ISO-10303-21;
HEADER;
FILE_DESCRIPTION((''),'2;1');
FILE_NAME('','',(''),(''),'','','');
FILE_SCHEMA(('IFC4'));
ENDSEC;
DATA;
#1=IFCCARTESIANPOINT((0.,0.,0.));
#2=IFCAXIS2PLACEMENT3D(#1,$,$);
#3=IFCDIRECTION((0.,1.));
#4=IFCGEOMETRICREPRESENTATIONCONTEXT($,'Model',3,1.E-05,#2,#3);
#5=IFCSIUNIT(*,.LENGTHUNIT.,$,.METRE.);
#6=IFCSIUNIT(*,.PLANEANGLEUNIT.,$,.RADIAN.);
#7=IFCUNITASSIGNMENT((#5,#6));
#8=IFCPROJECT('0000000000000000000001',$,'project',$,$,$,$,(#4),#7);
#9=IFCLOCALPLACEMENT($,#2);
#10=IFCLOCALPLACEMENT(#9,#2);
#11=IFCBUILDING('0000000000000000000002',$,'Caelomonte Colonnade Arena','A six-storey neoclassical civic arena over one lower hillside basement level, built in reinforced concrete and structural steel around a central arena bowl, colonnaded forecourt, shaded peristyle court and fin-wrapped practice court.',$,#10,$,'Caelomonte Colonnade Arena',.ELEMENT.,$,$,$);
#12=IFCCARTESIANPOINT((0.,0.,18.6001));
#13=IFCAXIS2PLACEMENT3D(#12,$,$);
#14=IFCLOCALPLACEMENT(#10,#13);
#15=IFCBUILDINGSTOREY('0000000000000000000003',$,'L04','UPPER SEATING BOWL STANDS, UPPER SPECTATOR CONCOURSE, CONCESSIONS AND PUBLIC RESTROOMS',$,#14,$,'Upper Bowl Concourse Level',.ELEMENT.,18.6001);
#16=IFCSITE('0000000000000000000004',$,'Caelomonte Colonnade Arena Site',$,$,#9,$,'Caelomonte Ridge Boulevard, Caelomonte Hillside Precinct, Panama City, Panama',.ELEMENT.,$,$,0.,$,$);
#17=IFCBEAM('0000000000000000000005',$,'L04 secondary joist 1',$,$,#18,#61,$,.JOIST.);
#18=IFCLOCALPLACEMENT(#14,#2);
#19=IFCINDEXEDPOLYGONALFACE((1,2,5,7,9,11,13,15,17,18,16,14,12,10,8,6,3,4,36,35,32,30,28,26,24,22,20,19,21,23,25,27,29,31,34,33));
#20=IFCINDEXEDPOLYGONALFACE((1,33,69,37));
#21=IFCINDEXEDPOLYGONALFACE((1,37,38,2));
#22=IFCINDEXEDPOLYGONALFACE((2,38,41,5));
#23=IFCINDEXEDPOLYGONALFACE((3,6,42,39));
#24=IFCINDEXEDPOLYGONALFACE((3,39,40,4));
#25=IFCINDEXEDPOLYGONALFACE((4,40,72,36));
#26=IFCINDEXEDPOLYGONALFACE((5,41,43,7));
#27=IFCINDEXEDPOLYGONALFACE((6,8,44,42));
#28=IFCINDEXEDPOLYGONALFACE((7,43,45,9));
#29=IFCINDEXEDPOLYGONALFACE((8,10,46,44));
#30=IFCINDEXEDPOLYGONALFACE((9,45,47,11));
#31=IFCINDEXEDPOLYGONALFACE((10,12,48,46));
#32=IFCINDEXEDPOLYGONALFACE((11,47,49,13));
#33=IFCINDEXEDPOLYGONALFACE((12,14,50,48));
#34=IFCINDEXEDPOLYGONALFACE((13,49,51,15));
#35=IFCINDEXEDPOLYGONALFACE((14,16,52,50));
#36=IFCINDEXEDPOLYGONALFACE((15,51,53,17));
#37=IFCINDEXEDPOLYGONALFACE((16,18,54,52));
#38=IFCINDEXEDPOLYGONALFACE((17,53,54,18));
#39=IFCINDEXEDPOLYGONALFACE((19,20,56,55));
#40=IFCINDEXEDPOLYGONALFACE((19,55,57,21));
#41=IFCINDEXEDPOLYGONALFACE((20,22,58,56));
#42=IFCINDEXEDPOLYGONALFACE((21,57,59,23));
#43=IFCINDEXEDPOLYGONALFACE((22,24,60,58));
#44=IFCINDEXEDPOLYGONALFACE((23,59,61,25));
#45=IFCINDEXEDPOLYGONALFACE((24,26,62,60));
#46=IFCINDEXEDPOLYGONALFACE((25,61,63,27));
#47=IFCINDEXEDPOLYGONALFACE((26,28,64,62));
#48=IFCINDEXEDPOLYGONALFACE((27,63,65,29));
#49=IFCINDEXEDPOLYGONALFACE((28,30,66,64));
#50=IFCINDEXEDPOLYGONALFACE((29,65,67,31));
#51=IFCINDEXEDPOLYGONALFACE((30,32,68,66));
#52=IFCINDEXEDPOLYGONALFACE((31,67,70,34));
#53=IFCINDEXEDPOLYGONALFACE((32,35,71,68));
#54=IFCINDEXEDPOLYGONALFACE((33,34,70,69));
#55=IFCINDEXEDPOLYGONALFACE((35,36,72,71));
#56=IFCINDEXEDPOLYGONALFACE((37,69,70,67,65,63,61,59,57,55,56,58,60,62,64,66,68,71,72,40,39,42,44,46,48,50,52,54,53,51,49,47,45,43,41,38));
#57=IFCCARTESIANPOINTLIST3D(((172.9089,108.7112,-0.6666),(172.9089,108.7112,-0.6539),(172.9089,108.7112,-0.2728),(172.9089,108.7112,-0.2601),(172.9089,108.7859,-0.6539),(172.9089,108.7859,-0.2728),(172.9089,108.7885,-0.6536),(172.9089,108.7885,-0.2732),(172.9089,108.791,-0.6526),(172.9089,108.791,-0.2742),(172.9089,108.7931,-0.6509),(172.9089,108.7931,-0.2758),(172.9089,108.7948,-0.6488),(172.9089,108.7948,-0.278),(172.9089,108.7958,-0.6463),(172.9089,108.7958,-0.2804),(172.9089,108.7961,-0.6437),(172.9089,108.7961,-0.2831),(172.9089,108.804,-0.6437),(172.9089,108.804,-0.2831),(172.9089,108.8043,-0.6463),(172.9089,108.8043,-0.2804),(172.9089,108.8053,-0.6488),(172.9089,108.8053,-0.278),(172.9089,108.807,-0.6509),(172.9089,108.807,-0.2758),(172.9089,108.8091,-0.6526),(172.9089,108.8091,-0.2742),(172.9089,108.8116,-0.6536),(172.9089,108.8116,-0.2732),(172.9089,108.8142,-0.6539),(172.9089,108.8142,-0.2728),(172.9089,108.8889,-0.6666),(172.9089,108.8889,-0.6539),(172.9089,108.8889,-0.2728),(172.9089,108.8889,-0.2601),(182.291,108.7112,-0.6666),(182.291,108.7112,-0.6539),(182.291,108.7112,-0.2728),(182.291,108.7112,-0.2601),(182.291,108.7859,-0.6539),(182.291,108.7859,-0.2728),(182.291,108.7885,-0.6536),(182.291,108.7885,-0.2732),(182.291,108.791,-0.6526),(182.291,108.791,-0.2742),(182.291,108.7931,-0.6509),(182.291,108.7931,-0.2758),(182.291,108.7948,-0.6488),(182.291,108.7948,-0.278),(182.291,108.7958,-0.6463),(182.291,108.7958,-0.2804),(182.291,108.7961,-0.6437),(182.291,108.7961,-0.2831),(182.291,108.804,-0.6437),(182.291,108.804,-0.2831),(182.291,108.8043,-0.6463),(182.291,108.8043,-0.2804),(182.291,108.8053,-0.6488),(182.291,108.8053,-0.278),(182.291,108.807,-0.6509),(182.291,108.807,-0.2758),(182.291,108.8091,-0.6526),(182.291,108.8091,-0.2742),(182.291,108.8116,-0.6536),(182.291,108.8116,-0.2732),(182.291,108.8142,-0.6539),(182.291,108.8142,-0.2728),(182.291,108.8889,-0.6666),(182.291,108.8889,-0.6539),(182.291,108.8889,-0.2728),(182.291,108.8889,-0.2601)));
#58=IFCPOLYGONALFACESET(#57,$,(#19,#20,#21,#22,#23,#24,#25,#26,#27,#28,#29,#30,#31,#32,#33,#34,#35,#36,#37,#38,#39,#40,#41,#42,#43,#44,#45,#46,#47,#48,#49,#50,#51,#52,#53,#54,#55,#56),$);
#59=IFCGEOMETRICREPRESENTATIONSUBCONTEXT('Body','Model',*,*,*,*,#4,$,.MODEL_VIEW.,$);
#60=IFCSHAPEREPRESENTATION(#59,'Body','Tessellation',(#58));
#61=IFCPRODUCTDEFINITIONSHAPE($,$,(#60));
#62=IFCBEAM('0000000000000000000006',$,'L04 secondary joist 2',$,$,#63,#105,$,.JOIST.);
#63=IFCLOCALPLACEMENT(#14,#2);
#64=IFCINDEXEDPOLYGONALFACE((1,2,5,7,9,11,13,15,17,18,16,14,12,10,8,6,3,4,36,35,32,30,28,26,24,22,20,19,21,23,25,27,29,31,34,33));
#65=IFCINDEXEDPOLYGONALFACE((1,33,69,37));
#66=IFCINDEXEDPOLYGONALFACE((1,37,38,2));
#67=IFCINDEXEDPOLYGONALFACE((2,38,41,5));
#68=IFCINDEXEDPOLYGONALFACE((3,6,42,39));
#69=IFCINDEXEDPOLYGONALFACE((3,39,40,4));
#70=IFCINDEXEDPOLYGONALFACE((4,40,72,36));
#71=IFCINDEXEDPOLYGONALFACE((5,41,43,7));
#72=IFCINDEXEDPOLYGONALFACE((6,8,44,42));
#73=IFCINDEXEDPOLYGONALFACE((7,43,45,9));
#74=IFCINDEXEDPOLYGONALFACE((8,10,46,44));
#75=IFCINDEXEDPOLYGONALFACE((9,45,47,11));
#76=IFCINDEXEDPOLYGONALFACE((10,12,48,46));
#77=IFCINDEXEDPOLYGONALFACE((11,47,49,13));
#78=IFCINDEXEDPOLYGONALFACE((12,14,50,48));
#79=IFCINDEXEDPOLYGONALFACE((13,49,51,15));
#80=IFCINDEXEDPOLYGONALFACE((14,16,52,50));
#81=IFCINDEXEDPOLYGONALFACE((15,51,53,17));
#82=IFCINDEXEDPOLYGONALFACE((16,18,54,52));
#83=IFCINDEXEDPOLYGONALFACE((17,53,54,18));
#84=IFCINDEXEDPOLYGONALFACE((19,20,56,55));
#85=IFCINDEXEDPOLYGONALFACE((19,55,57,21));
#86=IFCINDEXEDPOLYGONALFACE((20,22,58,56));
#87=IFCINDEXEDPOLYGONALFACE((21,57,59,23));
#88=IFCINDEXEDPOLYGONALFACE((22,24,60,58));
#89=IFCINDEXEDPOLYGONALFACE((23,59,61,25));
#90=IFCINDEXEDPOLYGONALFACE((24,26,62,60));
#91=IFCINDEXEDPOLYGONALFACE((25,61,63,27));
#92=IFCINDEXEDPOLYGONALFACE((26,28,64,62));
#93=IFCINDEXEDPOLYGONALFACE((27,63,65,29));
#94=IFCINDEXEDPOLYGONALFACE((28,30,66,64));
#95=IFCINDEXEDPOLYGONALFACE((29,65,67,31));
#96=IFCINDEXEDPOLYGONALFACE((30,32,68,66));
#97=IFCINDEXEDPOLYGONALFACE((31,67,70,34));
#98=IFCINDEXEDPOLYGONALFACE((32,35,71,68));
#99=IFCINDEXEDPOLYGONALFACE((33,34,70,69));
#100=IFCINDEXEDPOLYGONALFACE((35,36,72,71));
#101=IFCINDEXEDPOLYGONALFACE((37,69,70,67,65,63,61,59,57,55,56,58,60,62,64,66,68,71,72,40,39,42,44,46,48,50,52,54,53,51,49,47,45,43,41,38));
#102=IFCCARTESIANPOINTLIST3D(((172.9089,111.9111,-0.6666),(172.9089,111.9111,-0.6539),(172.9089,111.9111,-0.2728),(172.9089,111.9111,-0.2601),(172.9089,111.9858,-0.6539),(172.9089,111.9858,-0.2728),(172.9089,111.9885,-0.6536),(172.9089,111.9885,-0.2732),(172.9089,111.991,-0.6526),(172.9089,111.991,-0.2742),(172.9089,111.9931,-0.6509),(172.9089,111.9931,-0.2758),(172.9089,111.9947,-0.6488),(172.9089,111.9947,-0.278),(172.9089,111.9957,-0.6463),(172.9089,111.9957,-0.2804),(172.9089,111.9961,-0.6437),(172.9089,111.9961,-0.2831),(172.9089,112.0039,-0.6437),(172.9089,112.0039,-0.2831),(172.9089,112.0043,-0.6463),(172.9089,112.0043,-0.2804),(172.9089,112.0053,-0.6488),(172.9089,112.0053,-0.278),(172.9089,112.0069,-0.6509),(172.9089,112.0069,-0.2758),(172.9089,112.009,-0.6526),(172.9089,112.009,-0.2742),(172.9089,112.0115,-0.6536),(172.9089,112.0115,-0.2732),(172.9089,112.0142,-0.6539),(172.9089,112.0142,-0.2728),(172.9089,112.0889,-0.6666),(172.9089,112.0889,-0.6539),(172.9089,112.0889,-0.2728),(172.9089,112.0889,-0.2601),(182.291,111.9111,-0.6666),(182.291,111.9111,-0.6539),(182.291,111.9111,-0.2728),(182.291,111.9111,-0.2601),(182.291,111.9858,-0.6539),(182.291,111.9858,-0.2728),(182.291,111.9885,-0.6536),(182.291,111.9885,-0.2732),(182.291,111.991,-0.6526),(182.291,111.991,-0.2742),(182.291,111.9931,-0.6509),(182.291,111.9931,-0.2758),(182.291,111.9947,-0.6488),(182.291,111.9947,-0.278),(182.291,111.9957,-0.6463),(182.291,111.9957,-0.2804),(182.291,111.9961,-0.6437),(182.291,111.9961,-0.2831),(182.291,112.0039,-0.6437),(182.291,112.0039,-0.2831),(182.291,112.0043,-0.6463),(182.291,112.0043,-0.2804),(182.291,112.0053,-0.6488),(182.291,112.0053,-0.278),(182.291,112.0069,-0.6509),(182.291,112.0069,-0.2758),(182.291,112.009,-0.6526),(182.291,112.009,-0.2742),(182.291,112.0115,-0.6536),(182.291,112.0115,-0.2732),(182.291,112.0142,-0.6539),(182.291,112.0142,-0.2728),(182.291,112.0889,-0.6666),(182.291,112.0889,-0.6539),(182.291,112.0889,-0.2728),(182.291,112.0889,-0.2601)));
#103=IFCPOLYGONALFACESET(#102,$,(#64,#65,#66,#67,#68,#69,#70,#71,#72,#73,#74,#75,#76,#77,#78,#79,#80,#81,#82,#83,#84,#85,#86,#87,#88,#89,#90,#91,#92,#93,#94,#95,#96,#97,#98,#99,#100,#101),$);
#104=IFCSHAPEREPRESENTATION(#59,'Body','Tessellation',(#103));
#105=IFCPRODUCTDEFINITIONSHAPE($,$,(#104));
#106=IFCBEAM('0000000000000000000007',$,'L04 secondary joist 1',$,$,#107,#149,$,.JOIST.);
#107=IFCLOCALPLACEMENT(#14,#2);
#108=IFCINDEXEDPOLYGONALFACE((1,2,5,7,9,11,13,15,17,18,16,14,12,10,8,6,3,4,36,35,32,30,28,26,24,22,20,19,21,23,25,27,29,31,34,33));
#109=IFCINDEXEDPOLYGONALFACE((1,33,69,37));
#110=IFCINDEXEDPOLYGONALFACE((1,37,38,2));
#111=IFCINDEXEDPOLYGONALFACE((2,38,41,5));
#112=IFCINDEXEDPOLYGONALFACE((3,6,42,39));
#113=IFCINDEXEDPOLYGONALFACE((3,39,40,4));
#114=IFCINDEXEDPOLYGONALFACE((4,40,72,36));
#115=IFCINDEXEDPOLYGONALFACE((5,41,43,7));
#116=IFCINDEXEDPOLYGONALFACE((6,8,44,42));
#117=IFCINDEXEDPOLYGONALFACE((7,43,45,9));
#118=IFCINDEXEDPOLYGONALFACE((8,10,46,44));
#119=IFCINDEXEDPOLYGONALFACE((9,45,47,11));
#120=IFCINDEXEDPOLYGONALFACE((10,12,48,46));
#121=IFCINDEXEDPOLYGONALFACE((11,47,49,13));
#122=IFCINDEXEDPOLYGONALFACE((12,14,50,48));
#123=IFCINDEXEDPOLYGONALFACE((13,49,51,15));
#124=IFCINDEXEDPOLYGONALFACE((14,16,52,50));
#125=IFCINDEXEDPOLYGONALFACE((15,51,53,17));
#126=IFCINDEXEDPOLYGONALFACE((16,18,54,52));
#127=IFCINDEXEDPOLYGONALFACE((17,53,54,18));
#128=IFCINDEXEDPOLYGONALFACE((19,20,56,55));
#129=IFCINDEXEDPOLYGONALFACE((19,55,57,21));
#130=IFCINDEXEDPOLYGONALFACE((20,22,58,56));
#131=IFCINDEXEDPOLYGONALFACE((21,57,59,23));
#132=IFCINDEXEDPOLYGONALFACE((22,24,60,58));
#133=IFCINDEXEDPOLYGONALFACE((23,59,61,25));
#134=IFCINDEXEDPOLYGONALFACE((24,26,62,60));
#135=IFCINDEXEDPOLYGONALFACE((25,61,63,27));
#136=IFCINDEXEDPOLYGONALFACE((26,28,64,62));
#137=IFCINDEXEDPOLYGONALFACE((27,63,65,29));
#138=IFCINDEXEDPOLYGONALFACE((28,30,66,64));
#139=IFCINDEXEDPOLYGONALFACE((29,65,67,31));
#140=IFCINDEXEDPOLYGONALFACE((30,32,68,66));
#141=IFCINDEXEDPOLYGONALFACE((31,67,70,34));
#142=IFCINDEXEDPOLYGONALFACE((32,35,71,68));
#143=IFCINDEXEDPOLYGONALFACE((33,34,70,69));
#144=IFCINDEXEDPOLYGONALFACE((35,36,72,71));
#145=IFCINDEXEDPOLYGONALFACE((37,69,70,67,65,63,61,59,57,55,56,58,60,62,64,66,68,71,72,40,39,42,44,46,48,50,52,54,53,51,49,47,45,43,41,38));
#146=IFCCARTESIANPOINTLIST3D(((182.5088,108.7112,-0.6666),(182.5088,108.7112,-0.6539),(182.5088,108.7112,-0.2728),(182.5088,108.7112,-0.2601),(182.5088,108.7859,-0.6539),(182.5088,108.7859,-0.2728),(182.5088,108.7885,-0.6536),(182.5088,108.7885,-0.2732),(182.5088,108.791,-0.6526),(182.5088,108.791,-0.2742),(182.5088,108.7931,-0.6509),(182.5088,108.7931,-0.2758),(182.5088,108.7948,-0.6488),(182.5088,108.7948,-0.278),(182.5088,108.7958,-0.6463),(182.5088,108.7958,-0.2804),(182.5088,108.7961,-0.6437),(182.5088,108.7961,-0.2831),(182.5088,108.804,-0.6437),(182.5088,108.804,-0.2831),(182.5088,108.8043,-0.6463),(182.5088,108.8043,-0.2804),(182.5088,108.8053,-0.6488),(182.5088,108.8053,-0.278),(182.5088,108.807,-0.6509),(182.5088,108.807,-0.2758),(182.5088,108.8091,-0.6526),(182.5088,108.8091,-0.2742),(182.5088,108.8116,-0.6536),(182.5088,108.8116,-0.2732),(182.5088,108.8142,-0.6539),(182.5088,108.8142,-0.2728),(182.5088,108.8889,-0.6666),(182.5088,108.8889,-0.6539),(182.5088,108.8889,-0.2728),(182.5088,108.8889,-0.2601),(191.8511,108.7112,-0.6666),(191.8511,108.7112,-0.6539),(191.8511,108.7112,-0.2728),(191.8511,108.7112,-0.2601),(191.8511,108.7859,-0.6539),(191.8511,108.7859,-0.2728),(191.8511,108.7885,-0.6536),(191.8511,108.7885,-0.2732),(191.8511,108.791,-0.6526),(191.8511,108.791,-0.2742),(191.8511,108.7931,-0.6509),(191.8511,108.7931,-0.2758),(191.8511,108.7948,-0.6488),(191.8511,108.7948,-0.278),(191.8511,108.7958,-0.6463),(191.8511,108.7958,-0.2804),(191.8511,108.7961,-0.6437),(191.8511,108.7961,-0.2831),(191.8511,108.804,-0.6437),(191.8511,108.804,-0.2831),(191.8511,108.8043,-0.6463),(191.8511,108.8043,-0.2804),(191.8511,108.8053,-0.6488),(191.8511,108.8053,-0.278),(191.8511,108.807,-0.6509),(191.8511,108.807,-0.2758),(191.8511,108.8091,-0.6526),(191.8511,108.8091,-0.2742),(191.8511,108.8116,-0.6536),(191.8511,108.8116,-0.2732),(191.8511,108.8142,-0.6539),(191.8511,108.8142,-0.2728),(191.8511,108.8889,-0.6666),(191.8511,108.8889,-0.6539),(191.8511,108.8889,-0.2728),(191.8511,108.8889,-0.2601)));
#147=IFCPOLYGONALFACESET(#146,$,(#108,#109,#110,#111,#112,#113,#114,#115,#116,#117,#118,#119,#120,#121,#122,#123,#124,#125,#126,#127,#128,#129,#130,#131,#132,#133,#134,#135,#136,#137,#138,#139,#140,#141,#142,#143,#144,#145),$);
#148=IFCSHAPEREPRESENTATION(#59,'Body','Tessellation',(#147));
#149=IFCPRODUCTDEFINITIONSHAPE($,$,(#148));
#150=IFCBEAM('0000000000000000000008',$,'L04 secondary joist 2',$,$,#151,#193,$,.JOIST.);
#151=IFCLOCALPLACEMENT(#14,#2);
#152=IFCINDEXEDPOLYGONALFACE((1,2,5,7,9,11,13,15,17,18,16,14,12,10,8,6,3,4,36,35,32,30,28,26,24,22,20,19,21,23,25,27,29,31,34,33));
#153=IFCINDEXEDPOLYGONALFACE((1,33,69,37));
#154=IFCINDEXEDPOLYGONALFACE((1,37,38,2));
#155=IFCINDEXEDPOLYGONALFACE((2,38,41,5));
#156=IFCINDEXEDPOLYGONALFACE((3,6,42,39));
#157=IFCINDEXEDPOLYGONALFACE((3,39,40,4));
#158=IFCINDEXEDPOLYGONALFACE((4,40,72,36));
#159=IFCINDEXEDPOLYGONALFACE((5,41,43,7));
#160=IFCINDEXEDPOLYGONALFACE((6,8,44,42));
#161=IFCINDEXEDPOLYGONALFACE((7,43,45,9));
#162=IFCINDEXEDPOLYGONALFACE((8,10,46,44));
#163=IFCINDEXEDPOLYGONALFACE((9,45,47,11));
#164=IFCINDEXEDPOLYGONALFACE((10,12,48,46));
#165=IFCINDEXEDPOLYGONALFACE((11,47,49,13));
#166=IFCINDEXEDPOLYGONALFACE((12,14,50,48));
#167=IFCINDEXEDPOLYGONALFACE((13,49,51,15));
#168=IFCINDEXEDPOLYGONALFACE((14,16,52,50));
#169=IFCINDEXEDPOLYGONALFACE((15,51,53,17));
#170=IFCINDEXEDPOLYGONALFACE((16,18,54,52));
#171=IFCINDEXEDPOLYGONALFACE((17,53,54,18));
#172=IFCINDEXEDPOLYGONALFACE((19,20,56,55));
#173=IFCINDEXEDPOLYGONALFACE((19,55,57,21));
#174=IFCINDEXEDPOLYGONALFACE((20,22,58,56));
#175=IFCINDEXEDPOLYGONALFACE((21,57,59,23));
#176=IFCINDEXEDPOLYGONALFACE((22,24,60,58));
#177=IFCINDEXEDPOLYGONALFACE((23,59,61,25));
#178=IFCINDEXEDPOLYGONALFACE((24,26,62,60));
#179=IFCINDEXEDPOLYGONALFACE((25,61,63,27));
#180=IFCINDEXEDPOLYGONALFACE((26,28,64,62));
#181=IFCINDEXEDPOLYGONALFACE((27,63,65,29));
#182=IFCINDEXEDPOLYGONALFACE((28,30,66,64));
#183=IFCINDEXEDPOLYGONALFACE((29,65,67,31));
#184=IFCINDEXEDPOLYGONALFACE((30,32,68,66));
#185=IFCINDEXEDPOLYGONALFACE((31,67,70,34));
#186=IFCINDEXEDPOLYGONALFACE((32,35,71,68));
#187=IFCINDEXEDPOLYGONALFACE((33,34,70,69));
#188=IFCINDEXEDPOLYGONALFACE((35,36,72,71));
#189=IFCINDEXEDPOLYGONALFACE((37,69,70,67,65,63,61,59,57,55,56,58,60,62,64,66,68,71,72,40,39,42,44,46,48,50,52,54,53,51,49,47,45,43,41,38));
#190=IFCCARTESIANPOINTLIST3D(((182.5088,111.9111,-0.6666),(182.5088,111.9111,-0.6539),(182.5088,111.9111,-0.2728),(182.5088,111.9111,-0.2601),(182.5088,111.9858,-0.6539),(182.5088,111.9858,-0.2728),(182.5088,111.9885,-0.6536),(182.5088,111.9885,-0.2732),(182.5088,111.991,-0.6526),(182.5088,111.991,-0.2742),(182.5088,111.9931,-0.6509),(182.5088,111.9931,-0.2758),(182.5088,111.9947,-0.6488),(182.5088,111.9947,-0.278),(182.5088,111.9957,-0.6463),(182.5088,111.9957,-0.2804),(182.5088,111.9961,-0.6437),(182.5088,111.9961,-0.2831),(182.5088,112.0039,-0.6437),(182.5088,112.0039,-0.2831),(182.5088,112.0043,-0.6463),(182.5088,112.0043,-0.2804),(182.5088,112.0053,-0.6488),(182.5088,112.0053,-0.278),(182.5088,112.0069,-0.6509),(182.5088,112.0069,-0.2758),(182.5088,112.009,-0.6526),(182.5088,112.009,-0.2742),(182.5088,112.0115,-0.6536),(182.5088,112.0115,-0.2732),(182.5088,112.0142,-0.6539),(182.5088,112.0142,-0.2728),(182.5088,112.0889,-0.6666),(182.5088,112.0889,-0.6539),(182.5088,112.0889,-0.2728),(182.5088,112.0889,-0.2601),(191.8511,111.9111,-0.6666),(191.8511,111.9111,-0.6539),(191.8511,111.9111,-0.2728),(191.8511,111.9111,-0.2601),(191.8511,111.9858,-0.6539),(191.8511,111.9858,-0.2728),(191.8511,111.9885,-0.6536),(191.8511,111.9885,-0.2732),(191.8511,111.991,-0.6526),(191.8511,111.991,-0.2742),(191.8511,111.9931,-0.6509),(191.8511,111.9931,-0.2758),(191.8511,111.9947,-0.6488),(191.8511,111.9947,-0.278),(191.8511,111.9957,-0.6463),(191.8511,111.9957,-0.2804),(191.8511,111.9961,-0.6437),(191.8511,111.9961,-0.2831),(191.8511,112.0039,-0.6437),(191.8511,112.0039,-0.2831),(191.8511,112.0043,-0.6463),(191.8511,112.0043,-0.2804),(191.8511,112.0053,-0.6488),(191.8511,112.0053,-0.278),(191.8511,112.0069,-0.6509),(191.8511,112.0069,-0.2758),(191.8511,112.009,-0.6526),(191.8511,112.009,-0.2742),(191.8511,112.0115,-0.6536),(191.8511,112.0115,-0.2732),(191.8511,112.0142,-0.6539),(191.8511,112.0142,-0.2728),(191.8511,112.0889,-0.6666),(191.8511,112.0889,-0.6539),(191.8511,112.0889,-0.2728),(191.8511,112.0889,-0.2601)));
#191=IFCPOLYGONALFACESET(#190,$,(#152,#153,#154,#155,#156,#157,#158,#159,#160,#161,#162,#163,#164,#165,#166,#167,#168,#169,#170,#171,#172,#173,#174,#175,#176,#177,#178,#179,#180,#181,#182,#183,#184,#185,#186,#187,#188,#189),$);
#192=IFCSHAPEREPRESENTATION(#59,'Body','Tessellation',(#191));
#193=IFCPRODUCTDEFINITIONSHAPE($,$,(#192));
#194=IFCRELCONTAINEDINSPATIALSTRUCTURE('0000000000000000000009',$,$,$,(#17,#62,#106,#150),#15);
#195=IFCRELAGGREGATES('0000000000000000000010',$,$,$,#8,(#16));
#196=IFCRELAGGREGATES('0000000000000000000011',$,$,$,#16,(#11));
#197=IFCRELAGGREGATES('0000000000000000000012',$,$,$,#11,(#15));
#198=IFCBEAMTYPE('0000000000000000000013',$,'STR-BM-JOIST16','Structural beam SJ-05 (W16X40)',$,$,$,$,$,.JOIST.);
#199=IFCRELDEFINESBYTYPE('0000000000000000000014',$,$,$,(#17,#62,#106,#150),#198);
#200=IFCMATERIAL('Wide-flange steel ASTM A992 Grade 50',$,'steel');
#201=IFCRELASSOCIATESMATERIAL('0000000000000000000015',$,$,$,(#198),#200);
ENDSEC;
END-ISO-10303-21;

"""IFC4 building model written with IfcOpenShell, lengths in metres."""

from ifc_helpers import new_model, si_unit, direction, frame, origin, origin_2d, place, context, subcontext, project, spatial, i_section, extrude, material, material_profile, profile_set, type_object, element, save


model = new_model("IFC4")

# Units and contexts
model_context = context("Model", 3, precision=1e-05, world=origin(), true_north=direction((0.0, 1.0)))
body_context = subcontext(model_context, "Body", "Model", "MODEL_VIEW")
ifc_project = project(units=[si_unit("LENGTHUNIT", "METRE"), si_unit("PLANEANGLEUNIT", "RADIAN")], contexts=[model_context])

# Site, building, storey
site_placement = place(None, origin())
site = spatial("IfcSite", under=ifc_project, at=site_placement, Name="Caelomonte Colonnade Arena Site", LongName="Caelomonte Ridge Boulevard, Caelomonte Hillside Precinct, Panama City, Panama", CompositionType="ELEMENT", RefElevation=0.0)
building_placement = place(site_placement, origin())
building = spatial("IfcBuilding", under=site, at=building_placement, Name="Caelomonte Colonnade Arena", Description="A six-storey neoclassical civic arena over one lower hillside basement level, built in reinforced concrete and structural steel around a central arena bowl, colonnaded forecourt, shaded peristyle court and fin-wrapped practice court.", LongName="Caelomonte Colonnade Arena", CompositionType="ELEMENT")
storey_placement = place(building_placement, frame((0.0, 0.0, 18.6001)))
storey = spatial("IfcBuildingStorey", under=building, at=storey_placement, Name="L04", Description="UPPER SEATING BOWL STANDS, UPPER SPECTATOR CONCOURSE, CONCESSIONS AND PUBLIC RESTROOMS", LongName="Upper Bowl Concourse Level", CompositionType="ELEMENT", Elevation=18.6001)

# Shared definitions
ifc_material_1 = material(Name="Wide-flange steel ASTM A992 Grade 50", Category="steel")

# Beams
ifc_material_profile_1 = material_profile(ifc_material_1, i_section(OverallWidth=0.1777, OverallDepth=0.4065, WebThickness=0.0078, FlangeThickness=0.0127, FilletRadius=0.0103, at=origin_2d()), Name="W16X40")
ifc_profile_set_1 = profile_set([ifc_material_profile_1], Name="Wide-flange steel ASTM A992 Grade 50")
beam_type_1 = type_object("IfcBeamType", Name="STR-BM-JOIST16", Description="Structural beam SJ-05 (W16X40)", PredefinedType="JOIST", material=ifc_profile_set_1)
for number, where, z_axis, x_axis, name in (
    (1, (172.9089, 108.8, -0.4634), (1.0, 0.0, 0.0), (0.0, 1.0, 0.0), "L04 secondary joist 1"),
    (2, (172.9089, 112.0, -0.4634), (1.0, 0.0, 0.0), (0.0, 1.0, 0.0), "L04 secondary joist 2"),
):
    element("IfcBeam", number, at=place(storey_placement, frame(where, z_axis=z_axis, x_axis=x_axis)), inside=storey, type_object=beam_type_1, Name=name, PredefinedType="JOIST", context=body_context, shape_type="SweptSolid", body=[
        extrude(i_section(OverallWidth=0.1777, OverallDepth=0.4065, WebThickness=0.0078, FlangeThickness=0.0127, FilletRadius=0.0103, at=origin_2d()), origin(), (0.0, 0.0, 1.0), 9.3821),
    ])
for number, where, z_axis, x_axis, name in (
    (3, (182.5088, 108.8, -0.4634), (1.0, 0.0, 0.0), (0.0, 1.0, 0.0), "L04 secondary joist 1"),
    (4, (182.5088, 112.0, -0.4634), (1.0, 0.0, 0.0), (0.0, 1.0, 0.0), "L04 secondary joist 2"),
):
    element("IfcBeam", number, at=place(storey_placement, frame(where, z_axis=z_axis, x_axis=x_axis)), inside=storey, type_object=beam_type_1, Name=name, PredefinedType="JOIST", context=body_context, shape_type="SweptSolid", body=[
        extrude(i_section(OverallWidth=0.1777, OverallDepth=0.4065, WebThickness=0.0078, FlangeThickness=0.0127, FilletRadius=0.0103, at=origin_2d()), origin(), (0.0, 0.0, 1.0), 9.3423),
    ])

save(model, "model.ifc")
